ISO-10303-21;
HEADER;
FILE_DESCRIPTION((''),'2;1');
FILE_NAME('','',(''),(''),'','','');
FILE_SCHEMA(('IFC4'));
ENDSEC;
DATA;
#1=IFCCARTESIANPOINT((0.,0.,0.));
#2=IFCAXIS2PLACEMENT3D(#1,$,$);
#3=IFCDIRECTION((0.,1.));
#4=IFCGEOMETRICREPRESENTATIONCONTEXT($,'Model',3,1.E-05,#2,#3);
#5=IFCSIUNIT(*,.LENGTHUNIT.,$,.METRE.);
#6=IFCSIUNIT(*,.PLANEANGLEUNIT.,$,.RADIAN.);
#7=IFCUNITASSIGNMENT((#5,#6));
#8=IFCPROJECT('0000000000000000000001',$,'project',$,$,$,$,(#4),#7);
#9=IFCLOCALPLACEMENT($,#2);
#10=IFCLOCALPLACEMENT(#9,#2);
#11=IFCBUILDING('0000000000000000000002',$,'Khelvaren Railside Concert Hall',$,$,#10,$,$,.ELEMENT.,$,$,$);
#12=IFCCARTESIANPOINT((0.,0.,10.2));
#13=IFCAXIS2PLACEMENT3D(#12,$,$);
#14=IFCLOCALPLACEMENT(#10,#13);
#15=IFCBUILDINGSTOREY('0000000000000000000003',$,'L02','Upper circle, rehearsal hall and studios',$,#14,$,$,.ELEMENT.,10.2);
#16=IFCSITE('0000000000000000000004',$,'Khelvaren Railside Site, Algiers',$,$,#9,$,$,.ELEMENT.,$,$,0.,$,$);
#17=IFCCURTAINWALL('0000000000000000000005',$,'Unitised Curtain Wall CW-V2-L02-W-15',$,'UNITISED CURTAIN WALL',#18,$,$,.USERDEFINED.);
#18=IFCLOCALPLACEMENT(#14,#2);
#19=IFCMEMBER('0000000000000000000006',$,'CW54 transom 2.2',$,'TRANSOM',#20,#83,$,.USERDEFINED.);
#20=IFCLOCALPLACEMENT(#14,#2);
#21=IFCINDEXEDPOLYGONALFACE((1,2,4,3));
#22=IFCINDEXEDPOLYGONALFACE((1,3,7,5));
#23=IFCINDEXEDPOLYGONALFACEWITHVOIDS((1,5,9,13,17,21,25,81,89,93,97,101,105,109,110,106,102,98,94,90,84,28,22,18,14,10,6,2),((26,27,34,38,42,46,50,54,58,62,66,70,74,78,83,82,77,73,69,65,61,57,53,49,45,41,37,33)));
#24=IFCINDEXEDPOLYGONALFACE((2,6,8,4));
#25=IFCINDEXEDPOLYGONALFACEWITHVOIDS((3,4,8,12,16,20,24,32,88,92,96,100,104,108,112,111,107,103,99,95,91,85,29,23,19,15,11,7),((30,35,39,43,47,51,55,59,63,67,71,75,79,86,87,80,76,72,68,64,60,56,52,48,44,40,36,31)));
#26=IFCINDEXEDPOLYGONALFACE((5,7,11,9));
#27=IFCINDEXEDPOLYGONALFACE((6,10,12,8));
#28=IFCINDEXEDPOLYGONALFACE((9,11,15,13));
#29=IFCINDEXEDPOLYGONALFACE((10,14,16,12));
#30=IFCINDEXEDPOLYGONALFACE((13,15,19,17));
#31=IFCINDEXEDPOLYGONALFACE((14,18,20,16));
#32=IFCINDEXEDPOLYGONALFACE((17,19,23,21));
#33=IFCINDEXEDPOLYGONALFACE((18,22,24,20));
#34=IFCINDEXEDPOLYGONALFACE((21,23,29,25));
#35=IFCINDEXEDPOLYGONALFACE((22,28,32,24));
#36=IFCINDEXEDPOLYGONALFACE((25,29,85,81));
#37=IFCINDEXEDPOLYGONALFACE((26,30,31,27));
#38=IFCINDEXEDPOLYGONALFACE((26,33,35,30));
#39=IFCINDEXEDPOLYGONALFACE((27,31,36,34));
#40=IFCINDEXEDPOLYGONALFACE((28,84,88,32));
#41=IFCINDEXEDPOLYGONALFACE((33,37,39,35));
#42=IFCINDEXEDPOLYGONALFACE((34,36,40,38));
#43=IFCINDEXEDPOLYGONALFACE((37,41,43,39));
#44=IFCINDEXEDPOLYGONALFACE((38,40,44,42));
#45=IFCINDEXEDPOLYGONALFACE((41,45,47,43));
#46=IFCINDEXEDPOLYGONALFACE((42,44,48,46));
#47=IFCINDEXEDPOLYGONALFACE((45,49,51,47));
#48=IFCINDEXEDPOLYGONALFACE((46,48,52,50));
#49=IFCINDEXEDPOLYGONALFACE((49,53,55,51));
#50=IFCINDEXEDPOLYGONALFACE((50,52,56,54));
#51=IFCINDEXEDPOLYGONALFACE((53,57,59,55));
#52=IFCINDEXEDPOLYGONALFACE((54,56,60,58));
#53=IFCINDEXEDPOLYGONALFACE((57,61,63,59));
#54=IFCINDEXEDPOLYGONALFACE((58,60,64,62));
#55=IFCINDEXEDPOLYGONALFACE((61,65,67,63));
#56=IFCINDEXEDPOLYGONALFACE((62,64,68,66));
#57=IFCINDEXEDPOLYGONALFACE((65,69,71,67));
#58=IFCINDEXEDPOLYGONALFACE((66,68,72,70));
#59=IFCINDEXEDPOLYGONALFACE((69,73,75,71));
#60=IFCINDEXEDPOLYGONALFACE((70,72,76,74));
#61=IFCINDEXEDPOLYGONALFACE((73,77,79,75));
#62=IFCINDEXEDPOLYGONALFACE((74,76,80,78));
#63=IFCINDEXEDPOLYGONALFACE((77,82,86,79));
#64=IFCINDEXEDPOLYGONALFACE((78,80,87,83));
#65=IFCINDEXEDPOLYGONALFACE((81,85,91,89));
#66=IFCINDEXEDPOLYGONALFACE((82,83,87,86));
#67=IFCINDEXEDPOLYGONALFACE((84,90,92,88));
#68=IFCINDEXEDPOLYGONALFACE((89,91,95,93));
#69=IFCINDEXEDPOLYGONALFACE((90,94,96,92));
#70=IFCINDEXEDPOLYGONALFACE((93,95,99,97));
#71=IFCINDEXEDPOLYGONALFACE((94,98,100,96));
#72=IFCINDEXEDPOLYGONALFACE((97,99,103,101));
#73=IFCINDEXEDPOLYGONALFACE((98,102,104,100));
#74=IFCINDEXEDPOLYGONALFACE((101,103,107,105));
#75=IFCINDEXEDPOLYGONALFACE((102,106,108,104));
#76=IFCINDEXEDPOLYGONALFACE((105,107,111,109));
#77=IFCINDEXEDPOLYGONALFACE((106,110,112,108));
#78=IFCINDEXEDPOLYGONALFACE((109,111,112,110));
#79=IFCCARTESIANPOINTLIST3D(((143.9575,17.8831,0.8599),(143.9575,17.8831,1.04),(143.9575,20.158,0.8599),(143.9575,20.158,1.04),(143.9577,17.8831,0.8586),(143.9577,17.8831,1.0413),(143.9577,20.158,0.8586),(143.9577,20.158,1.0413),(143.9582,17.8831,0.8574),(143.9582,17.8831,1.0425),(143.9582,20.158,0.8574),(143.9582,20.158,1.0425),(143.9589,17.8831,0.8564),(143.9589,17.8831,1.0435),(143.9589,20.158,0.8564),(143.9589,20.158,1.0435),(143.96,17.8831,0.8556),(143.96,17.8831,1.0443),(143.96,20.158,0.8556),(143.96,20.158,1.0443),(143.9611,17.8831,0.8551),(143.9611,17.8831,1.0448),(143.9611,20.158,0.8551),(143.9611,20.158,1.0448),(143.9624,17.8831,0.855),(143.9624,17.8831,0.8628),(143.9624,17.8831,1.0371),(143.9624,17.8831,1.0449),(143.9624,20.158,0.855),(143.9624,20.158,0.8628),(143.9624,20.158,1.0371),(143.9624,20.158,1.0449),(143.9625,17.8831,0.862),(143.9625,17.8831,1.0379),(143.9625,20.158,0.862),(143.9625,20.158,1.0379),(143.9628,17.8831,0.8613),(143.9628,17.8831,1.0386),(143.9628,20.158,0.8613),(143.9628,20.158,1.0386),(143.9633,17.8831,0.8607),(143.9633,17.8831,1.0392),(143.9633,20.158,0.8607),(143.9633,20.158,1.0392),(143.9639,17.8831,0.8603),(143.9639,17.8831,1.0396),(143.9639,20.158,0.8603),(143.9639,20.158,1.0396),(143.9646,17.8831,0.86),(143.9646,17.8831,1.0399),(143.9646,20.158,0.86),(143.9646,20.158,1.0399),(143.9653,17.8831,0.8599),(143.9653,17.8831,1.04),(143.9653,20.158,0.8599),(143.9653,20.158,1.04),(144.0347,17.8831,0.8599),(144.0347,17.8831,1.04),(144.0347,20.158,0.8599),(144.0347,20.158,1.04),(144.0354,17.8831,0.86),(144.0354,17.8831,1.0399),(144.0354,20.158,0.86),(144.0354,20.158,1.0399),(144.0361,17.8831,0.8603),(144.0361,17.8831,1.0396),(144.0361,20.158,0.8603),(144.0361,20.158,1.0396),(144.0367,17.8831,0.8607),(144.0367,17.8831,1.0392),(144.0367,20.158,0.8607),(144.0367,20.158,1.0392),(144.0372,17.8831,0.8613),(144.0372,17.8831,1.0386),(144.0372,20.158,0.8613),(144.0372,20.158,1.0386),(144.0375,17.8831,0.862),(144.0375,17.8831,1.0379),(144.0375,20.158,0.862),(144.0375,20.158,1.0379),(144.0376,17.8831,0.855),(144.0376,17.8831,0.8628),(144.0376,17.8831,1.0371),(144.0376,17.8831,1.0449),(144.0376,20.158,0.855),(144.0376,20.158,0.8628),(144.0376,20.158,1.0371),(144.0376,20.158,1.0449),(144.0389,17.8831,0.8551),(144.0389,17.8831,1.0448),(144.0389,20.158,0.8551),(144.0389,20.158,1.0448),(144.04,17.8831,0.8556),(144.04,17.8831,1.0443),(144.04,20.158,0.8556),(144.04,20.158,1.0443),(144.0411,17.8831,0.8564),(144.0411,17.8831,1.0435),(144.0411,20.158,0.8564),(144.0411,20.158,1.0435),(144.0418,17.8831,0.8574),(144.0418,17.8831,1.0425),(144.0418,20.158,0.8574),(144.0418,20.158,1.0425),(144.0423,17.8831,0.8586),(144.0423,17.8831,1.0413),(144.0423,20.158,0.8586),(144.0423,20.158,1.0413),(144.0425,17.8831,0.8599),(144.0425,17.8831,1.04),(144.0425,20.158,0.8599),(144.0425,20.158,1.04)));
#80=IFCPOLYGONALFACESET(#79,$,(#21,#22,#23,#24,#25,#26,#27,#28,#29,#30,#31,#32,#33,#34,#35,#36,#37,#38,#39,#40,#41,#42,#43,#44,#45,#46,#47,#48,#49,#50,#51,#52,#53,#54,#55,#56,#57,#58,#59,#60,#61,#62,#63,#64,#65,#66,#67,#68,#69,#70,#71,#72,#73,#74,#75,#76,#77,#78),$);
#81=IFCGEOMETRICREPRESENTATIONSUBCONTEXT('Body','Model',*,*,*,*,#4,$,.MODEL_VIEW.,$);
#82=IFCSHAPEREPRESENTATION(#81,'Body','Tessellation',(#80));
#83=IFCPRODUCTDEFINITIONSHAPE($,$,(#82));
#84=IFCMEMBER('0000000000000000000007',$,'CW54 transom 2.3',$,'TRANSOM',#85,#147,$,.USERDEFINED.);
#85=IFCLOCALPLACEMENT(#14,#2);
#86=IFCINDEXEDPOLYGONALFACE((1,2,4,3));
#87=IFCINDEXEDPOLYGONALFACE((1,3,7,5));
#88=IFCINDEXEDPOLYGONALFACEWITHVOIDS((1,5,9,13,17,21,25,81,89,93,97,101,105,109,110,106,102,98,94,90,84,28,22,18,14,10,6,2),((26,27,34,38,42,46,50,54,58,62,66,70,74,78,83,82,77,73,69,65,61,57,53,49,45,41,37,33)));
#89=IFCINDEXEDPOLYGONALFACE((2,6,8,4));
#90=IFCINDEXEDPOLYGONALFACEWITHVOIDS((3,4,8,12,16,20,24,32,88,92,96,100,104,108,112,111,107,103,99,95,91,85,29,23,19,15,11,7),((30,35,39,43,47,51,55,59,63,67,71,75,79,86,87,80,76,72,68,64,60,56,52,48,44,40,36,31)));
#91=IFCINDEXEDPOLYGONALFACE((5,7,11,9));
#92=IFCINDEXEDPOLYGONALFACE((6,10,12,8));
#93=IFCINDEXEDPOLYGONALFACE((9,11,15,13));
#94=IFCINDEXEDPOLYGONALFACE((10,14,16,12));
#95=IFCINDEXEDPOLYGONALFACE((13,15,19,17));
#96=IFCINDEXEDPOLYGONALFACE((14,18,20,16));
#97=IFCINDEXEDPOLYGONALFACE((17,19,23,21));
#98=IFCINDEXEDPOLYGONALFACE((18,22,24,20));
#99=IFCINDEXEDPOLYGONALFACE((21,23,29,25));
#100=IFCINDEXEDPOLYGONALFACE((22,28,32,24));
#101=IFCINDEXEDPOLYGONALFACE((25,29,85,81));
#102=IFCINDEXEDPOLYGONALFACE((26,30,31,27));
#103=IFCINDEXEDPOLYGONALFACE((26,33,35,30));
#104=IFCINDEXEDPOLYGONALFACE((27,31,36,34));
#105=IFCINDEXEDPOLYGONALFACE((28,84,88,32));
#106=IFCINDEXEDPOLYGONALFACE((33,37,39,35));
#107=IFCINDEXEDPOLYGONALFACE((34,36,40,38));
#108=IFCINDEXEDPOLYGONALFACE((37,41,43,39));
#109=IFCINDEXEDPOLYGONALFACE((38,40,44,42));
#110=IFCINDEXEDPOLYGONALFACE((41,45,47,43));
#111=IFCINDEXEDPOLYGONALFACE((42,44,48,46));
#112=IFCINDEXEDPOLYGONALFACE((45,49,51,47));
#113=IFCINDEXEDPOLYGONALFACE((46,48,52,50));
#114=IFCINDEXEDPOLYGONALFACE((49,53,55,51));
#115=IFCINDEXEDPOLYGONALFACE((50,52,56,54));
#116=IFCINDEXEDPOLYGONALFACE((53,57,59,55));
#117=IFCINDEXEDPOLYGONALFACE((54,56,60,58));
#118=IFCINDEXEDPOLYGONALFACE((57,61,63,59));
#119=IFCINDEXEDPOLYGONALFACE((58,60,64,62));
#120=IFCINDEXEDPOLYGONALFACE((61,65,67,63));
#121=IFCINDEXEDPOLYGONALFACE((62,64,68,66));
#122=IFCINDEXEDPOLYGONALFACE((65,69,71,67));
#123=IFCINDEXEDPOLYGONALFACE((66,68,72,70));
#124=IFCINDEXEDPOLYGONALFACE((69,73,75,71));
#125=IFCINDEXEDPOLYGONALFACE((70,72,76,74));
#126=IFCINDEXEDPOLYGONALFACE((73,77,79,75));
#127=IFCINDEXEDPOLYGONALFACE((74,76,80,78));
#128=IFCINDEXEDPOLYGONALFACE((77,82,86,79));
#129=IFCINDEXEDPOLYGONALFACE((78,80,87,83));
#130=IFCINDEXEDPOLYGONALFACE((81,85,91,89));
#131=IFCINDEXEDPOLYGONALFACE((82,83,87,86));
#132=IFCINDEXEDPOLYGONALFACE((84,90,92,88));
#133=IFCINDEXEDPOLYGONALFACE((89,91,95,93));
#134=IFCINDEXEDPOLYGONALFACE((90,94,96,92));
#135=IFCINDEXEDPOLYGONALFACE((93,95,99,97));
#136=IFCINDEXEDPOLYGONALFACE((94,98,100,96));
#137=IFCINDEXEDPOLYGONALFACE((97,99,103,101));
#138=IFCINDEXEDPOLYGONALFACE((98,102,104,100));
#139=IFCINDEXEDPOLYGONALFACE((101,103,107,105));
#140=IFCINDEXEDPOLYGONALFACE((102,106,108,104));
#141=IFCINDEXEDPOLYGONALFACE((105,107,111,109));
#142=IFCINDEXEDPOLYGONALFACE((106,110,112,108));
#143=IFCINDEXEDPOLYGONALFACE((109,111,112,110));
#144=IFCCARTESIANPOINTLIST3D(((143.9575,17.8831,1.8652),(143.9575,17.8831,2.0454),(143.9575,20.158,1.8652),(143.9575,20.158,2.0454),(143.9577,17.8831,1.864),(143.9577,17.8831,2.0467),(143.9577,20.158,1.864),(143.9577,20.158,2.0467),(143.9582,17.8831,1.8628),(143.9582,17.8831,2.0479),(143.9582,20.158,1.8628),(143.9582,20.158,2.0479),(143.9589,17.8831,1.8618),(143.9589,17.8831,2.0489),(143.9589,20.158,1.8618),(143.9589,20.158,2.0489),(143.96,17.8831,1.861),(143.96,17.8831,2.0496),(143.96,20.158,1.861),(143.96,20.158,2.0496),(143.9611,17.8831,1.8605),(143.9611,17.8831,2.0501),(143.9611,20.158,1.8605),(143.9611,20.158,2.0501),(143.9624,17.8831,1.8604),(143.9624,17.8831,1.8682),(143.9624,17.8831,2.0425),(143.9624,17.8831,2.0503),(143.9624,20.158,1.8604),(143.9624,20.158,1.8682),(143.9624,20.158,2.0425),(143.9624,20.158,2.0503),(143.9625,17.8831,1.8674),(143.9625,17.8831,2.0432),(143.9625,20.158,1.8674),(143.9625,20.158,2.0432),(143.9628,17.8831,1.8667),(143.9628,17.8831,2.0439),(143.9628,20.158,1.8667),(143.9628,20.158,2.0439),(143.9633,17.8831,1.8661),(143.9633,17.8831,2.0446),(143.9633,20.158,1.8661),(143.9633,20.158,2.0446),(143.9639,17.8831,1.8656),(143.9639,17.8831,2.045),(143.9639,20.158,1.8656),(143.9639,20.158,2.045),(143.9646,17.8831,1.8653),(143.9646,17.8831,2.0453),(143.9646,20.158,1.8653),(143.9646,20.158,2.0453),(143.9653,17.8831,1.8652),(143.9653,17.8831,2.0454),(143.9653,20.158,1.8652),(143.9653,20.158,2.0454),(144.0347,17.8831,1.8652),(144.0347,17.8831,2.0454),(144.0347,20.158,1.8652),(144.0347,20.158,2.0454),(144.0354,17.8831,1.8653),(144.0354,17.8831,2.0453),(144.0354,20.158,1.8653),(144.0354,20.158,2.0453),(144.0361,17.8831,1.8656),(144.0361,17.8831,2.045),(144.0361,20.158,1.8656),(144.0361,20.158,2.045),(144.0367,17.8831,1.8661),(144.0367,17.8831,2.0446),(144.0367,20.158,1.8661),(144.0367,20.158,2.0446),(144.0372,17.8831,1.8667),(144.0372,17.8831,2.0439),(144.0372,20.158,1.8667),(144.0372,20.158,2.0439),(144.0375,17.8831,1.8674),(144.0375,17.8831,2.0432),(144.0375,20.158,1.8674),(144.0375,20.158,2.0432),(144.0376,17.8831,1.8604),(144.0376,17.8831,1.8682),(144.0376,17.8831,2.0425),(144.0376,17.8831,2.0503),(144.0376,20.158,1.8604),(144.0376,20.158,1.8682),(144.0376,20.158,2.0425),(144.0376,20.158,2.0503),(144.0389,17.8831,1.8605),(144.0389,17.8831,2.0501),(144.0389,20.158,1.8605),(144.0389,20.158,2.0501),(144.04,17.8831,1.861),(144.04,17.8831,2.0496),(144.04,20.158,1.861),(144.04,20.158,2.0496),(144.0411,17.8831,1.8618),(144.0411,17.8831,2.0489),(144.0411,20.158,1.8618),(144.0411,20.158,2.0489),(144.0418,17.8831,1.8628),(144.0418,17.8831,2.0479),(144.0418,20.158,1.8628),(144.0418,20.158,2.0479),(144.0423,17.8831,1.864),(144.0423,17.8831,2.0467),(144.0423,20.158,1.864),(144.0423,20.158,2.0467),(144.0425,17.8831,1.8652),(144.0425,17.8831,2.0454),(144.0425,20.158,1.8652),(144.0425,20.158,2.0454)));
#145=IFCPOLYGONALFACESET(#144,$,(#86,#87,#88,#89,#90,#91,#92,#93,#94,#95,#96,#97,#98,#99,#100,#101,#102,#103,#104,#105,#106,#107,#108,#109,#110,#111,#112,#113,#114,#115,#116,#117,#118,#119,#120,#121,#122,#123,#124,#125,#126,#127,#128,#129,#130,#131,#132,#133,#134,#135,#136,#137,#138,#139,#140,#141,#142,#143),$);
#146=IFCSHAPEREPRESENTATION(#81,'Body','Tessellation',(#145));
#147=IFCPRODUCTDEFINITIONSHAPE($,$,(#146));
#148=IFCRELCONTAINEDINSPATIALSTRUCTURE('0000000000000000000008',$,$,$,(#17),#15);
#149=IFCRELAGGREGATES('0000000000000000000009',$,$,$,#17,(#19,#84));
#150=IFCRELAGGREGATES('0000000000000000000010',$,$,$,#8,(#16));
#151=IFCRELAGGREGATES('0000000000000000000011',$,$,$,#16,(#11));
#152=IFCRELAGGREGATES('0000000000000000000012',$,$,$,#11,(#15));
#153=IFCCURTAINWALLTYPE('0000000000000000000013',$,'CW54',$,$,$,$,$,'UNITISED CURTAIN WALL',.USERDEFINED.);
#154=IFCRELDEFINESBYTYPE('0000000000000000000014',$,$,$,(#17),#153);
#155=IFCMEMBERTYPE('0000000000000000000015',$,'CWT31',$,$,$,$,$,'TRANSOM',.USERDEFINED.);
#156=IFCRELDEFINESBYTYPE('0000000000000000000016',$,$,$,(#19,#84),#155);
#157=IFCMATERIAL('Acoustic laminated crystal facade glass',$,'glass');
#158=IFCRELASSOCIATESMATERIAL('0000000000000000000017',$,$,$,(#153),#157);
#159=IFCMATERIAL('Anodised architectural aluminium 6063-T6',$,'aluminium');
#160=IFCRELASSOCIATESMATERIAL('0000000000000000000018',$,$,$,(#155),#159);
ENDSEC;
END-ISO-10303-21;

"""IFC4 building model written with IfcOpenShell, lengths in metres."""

from ifc_helpers import new_model, si_unit, direction, frame, origin, origin_2d, place, context, subcontext, project, spatial, hollow_rectangle, extrude, material, material_profile, profile_set, type_object, element, aggregate, save


model = new_model("IFC4")

# Units and contexts
model_context = context("Model", 3, precision=1e-05, world=origin(), true_north=direction((0.0, 1.0)))
body_context = subcontext(model_context, "Body", "Model", "MODEL_VIEW")
ifc_project = project(units=[si_unit("LENGTHUNIT", "METRE"), si_unit("PLANEANGLEUNIT", "RADIAN")], contexts=[model_context])

# Site, building, storey
site_placement = place(None, origin())
site = spatial("IfcSite", under=ifc_project, at=site_placement, Name="Khelvaren Railside Site, Algiers", CompositionType="ELEMENT", RefElevation=0.0)
building_placement = place(site_placement, origin())
building = spatial("IfcBuilding", under=site, at=building_placement, Name="Khelvaren Railside Concert Hall", CompositionType="ELEMENT")
storey_placement = place(building_placement, frame((0.0, 0.0, 10.2)))
storey = spatial("IfcBuildingStorey", under=building, at=storey_placement, Name="L02", Description="Upper circle, rehearsal hall and studios", CompositionType="ELEMENT", Elevation=10.2)

# Curtain wall
ifc_material_1 = material(Name="Acoustic laminated crystal facade glass", Category="glass")
curtain_wall_type_1 = type_object("IfcCurtainWallType", Name="CW54", ElementType="UNITISED CURTAIN WALL", PredefinedType="USERDEFINED", material=ifc_material_1)
curtain_wall_1_placement = place(storey_placement, origin())
curtain_wall_1 = element("IfcCurtainWall", 1, at=curtain_wall_1_placement, inside=storey, type_object=curtain_wall_type_1, Name="Unitised Curtain Wall CW-V2-L02-W-15", ObjectType="UNITISED CURTAIN WALL", PredefinedType="USERDEFINED")
ifc_material_2 = material(Name="Anodised architectural aluminium 6063-T6", Category="aluminium")

# Members
ifc_material_profile_1 = material_profile(ifc_material_2, hollow_rectangle(XDim=0.085, YDim=0.1899, WallThickness=0.0049, InnerFilletRadius=0.0029, OuterFilletRadius=0.0049, at=origin_2d()), Name="CWT 85x190x5")
ifc_profile_set_1 = profile_set([ifc_material_profile_1], Name="Anodised architectural aluminium 6063-T6")
member_type_1 = type_object("IfcMemberType", Name="CWT31", ElementType="TRANSOM", PredefinedType="USERDEFINED", material=ifc_profile_set_1)
member_1_placement = place(storey_placement, frame((144.0, 17.8831, 0.95), z_axis=(0.0, 1.0, 0.0), x_axis=(-1.0, 0.0, 0.0)))
member_1 = element("IfcMember", 2, at=member_1_placement, type_object=member_type_1, Name="CW54 transom 2.2", ObjectType="TRANSOM", PredefinedType="USERDEFINED", context=body_context, shape_type="SweptSolid", body=[
    extrude(hollow_rectangle(XDim=0.085, YDim=0.1899, WallThickness=0.0049, InnerFilletRadius=0.0029, OuterFilletRadius=0.0049, at=origin_2d()), origin(), (0.0, 0.0, 1.0), 2.2749),
])
member_2_placement = place(storey_placement, frame((144.0, 17.8831, 1.9553), z_axis=(0.0, 1.0, 0.0), x_axis=(-1.0, 0.0, 0.0)))
member_2 = element("IfcMember", 3, at=member_2_placement, type_object=member_type_1, Name="CW54 transom 2.3", ObjectType="TRANSOM", PredefinedType="USERDEFINED", context=body_context, shape_type="SweptSolid", body=[
    extrude(hollow_rectangle(XDim=0.085, YDim=0.1899, WallThickness=0.0049, InnerFilletRadius=0.0029, OuterFilletRadius=0.0049, at=origin_2d()), origin(), (0.0, 0.0, 1.0), 2.2749),
])

aggregate(curtain_wall_1, [member_1, member_2])

save(model, "model.ifc")
